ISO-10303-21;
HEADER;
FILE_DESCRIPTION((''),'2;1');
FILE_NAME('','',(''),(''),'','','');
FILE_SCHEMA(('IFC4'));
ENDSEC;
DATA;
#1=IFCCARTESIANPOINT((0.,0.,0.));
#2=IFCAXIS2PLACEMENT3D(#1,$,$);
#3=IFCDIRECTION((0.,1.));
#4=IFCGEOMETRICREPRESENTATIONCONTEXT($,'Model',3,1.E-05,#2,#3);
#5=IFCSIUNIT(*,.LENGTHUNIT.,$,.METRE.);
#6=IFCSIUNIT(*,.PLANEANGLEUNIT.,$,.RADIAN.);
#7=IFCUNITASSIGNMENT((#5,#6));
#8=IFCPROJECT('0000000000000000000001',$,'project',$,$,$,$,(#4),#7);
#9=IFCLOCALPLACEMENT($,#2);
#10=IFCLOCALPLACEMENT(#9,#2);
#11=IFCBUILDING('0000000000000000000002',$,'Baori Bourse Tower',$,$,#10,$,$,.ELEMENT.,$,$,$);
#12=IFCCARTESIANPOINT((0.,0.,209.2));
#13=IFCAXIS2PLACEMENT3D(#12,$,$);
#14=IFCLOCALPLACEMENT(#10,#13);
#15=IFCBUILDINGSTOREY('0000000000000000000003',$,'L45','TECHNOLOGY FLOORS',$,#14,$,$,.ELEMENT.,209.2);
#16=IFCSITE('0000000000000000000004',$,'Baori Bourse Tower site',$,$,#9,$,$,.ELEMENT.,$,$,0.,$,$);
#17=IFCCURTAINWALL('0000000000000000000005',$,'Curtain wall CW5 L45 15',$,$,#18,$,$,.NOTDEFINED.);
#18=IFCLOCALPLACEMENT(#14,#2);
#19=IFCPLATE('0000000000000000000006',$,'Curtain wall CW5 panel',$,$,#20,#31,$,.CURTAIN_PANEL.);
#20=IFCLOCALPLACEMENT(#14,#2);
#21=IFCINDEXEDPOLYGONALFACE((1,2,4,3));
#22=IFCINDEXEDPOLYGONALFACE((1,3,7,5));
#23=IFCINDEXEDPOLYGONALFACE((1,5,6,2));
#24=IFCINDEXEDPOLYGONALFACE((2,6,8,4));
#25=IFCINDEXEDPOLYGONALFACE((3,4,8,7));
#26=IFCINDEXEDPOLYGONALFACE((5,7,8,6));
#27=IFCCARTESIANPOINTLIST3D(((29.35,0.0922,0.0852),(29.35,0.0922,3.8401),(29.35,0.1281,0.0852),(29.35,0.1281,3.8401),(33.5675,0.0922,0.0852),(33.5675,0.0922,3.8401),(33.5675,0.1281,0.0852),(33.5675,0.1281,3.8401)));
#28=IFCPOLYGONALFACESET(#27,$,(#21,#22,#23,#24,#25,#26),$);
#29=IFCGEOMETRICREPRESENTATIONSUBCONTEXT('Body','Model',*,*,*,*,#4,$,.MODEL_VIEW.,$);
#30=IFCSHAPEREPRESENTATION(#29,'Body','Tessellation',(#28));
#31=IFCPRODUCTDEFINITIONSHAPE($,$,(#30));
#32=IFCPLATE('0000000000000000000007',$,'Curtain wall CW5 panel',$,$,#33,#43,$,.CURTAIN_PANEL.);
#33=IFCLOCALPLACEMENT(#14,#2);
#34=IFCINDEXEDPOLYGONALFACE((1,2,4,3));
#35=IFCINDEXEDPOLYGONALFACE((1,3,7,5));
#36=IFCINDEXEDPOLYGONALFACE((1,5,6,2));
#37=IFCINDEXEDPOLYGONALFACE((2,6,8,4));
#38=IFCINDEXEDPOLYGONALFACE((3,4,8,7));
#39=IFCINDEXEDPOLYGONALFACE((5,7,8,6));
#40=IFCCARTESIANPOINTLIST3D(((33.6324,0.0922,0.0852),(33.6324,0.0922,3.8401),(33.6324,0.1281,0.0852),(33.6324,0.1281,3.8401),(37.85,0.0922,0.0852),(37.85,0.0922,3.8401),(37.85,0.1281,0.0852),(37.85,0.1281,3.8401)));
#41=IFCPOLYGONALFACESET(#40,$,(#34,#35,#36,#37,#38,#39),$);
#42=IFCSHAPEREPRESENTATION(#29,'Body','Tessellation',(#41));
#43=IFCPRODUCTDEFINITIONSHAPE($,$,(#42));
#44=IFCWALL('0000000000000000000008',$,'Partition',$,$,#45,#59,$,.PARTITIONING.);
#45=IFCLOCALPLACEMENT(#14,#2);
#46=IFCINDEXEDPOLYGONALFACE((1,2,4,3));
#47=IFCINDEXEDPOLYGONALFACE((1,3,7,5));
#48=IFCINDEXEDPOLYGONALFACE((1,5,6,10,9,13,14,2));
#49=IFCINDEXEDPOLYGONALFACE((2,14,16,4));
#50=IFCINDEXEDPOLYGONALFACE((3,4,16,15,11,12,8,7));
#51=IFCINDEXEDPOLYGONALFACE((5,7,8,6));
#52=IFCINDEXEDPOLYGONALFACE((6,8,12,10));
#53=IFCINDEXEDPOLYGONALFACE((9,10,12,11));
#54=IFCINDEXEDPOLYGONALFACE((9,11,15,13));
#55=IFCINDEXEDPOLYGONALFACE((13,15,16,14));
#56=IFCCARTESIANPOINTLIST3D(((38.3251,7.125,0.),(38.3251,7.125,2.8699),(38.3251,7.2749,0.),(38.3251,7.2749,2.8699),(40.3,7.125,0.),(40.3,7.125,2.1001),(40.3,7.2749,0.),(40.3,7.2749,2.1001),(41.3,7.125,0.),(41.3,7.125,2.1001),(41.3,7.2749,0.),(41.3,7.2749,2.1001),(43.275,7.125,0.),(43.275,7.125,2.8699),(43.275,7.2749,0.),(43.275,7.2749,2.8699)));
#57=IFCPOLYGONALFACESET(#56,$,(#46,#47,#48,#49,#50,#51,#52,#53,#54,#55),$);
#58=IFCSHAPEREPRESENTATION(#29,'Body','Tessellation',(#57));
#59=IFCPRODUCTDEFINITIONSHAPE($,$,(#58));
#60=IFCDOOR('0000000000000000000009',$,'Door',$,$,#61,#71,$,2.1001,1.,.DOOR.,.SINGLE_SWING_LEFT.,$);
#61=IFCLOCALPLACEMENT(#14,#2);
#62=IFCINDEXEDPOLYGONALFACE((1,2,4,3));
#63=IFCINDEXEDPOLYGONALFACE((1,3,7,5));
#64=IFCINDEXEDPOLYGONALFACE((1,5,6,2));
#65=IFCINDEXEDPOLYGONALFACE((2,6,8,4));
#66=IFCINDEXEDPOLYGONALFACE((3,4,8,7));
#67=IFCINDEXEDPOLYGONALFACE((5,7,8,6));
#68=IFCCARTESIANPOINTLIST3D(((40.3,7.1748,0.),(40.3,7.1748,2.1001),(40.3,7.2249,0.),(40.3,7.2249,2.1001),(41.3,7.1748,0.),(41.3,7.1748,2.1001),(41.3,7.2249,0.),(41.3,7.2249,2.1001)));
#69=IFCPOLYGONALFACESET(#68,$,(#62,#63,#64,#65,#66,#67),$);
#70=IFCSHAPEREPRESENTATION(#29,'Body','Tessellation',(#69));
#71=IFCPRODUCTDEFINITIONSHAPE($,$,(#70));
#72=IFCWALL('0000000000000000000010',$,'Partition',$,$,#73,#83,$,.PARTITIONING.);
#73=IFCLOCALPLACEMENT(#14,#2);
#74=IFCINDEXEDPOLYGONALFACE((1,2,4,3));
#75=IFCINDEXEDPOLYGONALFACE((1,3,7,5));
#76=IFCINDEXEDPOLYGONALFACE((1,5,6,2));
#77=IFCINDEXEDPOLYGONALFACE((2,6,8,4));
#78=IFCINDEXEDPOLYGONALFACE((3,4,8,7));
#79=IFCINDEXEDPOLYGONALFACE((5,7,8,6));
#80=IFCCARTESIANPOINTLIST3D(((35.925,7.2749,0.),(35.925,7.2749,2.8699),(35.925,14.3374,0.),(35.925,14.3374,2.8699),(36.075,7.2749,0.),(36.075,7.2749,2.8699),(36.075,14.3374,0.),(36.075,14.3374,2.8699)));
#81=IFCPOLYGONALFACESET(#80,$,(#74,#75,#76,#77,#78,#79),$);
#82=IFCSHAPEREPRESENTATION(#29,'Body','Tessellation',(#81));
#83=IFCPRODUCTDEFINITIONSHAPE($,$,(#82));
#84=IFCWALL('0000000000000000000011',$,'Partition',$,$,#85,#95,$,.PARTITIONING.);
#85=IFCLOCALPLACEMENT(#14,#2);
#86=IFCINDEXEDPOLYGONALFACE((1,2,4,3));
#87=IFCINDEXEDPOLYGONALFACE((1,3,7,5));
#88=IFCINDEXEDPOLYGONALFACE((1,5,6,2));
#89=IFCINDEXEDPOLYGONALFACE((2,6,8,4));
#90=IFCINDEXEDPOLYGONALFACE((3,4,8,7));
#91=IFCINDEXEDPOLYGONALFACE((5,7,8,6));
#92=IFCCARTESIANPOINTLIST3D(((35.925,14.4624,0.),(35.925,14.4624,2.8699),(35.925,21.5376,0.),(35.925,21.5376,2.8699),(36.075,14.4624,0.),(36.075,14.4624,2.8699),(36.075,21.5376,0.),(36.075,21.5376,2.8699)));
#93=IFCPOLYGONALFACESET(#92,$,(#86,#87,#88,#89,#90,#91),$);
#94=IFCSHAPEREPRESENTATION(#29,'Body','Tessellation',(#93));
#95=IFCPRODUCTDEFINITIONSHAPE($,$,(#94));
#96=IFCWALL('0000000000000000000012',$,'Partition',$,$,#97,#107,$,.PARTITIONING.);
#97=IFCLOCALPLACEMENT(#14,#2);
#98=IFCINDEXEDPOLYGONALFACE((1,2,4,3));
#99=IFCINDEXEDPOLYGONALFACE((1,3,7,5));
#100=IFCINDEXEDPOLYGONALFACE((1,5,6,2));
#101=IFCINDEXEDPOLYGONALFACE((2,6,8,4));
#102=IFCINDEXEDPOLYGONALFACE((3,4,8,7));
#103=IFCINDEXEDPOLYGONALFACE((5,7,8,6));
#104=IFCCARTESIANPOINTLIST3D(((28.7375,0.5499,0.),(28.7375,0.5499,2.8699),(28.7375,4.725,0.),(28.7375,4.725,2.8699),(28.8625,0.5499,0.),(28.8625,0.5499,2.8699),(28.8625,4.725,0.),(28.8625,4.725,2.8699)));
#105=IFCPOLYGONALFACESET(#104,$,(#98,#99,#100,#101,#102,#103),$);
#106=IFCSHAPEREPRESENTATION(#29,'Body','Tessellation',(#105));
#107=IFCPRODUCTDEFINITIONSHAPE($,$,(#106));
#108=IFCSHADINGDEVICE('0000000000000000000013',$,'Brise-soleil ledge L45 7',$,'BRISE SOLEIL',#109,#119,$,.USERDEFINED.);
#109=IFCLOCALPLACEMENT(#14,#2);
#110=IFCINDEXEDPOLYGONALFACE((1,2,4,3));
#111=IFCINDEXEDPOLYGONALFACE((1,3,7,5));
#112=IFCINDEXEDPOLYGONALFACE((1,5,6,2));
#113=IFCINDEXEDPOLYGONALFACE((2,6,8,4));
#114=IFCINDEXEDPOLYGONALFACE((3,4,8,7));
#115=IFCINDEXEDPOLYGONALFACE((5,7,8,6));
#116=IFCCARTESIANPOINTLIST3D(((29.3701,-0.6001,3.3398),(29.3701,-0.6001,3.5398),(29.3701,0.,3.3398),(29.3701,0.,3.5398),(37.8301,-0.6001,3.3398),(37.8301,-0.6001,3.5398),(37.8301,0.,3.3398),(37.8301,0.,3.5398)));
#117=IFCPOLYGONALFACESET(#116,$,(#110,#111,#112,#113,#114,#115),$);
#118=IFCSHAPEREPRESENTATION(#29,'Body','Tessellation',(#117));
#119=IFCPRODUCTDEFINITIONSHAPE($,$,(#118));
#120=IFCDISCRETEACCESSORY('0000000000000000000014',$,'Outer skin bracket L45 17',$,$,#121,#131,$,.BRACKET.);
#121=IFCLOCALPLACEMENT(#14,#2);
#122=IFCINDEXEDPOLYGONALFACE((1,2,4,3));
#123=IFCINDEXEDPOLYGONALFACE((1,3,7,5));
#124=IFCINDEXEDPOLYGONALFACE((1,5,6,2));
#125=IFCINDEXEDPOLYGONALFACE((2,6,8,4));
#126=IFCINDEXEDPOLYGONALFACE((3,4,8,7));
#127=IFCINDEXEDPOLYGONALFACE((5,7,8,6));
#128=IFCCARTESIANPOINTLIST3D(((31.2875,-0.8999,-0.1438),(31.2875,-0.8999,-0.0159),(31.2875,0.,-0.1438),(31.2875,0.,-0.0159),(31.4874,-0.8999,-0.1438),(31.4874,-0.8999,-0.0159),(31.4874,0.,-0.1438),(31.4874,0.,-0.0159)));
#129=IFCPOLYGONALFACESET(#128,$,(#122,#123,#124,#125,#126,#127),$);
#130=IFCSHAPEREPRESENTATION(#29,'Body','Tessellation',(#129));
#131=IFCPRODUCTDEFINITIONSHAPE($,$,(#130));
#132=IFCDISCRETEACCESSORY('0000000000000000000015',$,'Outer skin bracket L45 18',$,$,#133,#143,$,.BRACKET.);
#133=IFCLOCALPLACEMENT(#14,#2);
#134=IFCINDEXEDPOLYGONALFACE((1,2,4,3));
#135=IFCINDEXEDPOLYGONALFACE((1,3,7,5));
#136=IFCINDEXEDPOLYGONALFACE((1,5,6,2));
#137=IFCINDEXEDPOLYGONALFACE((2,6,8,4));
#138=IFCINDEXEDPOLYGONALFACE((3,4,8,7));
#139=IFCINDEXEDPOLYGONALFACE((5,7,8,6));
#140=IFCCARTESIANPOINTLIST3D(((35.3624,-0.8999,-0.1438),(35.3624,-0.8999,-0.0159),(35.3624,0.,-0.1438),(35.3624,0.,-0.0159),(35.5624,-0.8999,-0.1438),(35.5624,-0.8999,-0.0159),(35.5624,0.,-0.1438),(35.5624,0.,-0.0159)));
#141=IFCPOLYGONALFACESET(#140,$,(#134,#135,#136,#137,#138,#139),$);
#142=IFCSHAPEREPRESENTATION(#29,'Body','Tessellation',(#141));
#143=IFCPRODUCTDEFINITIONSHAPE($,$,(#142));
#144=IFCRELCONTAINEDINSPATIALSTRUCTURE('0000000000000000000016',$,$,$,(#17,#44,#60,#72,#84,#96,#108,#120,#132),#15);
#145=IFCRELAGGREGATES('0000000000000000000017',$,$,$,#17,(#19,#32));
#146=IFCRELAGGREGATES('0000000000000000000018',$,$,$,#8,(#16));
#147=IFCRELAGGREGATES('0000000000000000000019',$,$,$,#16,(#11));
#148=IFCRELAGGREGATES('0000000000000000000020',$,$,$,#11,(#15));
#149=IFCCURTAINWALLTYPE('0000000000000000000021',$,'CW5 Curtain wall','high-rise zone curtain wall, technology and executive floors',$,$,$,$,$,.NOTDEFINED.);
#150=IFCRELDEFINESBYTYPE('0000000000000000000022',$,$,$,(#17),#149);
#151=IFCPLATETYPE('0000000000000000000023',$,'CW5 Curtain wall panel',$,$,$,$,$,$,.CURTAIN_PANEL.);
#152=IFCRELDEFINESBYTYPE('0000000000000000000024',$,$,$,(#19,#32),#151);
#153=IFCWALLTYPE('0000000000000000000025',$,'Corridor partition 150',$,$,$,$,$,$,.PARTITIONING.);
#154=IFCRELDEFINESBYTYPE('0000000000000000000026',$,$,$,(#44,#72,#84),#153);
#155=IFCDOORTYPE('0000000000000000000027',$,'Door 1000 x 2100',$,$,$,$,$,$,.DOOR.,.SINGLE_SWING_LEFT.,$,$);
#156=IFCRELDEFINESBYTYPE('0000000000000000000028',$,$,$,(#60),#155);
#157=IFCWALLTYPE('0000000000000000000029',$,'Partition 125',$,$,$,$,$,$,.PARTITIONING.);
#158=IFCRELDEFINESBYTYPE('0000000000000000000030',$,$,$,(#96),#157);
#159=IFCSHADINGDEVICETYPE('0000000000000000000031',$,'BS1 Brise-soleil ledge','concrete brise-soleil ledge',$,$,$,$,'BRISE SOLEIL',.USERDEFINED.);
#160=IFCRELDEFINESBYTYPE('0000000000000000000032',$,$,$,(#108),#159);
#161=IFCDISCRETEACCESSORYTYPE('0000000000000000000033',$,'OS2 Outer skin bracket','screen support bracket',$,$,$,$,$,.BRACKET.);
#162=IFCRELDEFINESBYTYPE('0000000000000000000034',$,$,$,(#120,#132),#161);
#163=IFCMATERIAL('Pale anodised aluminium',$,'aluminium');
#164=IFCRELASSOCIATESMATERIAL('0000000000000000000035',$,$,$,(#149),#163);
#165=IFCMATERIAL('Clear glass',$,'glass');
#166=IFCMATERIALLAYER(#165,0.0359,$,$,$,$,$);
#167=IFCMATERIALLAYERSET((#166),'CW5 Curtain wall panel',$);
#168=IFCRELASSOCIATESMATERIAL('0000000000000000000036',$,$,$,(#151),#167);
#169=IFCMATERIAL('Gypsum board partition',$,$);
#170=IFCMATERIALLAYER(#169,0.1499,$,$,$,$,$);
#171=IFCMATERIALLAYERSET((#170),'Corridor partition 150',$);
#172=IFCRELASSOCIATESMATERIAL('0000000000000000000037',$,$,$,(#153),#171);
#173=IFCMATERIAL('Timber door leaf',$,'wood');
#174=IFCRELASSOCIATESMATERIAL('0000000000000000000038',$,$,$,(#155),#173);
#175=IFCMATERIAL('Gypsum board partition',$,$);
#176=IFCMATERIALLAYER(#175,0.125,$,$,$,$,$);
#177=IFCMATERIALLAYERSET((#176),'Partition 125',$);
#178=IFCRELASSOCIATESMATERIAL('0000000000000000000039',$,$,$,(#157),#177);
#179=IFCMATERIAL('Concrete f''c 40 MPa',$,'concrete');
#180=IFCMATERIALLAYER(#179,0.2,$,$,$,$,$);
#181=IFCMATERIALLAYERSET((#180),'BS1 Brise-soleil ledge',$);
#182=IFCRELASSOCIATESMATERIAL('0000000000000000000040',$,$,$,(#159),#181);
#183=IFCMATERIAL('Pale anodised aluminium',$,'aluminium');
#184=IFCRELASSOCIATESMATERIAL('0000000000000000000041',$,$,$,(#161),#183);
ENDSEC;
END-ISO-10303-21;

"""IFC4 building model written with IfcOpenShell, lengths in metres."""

from ifc_helpers import new_model, si_unit, direction, frame, frame_2d, origin, origin_2d, place, context, subcontext, project, spatial, rectangle, extrude, material, layer, layer_set, type_object, element, fill, aggregate, save


model = new_model("IFC4")

# Units and contexts
model_context = context("Model", 3, precision=1e-05, world=origin(), true_north=direction((0.0, 1.0)))
body_context = subcontext(model_context, "Body", "Model", "MODEL_VIEW")
ifc_project = project(units=[si_unit("LENGTHUNIT", "METRE"), si_unit("PLANEANGLEUNIT", "RADIAN")], contexts=[model_context])

# Site, building, storey
site_placement = place(None, origin())
site = spatial("IfcSite", under=ifc_project, at=site_placement, Name="Baori Bourse Tower site", CompositionType="ELEMENT", RefElevation=0.0)
building_placement = place(site_placement, origin())
building = spatial("IfcBuilding", under=site, at=building_placement, Name="Baori Bourse Tower", CompositionType="ELEMENT")
storey_placement = place(building_placement, frame((0.0, 0.0, 209.2)))
storey = spatial("IfcBuildingStorey", under=building, at=storey_placement, Name="L45", Description="TECHNOLOGY FLOORS", CompositionType="ELEMENT", Elevation=209.2)

# Curtain wall
ifc_material_1 = material(Name="Pale anodised aluminium", Category="aluminium")
curtain_wall_type_1 = type_object("IfcCurtainWallType", Name="CW5 Curtain wall", Description="high-rise zone curtain wall, technology and executive floors", PredefinedType="NOTDEFINED", material=ifc_material_1)
curtain_wall_1_placement = place(storey_placement, origin())
curtain_wall_1 = element("IfcCurtainWall", 1, at=curtain_wall_1_placement, inside=storey, type_object=curtain_wall_type_1, Name="Curtain wall CW5 L45 15", PredefinedType="NOTDEFINED")

# Plates
ifc_material_2 = material(Name="Clear glass", Category="glass")
ifc_layer_1 = layer(ifc_material_2, 0.0359)
ifc_layer_set_1 = layer_set([ifc_layer_1], Name="CW5 Curtain wall panel")
plate_type_1 = type_object("IfcPlateType", Name="CW5 Curtain wall panel", PredefinedType="CURTAIN_PANEL", material=ifc_layer_set_1)
plate_1_placement = place(storey_placement, frame((31.4587, 0.1101, 0.0852), z_axis=(0.0, 0.0, 1.0), x_axis=(1.0, 0.0, 0.0)))
plate_1 = element("IfcPlate", 2, at=plate_1_placement, type_object=plate_type_1, Name="Curtain wall CW5 panel", PredefinedType="CURTAIN_PANEL", context=body_context, shape_type="SweptSolid", body=[
    extrude(rectangle(XDim=4.2175, YDim=0.0359, at=origin_2d()), origin(), (0.0, 0.0, 1.0), 3.7549),
])
plate_2_placement = place(storey_placement, frame((35.7412, 0.1101, 0.0852), z_axis=(0.0, 0.0, 1.0), x_axis=(1.0, 0.0, 0.0)))
plate_2 = element("IfcPlate", 3, at=plate_2_placement, type_object=plate_type_1, Name="Curtain wall CW5 panel", PredefinedType="CURTAIN_PANEL", context=body_context, shape_type="SweptSolid", body=[
    extrude(rectangle(XDim=4.2175, YDim=0.0359, at=origin_2d()), origin(), (0.0, 0.0, 1.0), 3.7549),
])
aggregate(curtain_wall_1, [plate_1, plate_2])

# Wall, opening, door
ifc_material_3 = material(Name="Gypsum board partition")
ifc_layer_2 = layer(ifc_material_3, 0.1499)
ifc_layer_set_2 = layer_set([ifc_layer_2], Name="Corridor partition 150")
wall_type_1 = type_object("IfcWallType", Name="Corridor partition 150", PredefinedType="PARTITIONING", material=ifc_layer_set_2)
wall_1_placement = place(storey_placement, frame((38.325, 7.2, 0.0), z_axis=(0.0, 0.0, 1.0), x_axis=(1.0, 0.0, 0.0)))
wall_1 = element("IfcWall", 4, at=wall_1_placement, inside=storey, type_object=wall_type_1, Name="Partition", PredefinedType="PARTITIONING", context=body_context, shape_type="SweptSolid", body=[
    extrude(rectangle(XDim=4.95, YDim=0.1499, at=frame_2d((2.4751, 0.0))), origin(), (0.0, 0.0, 1.0), 2.8699),
])
opening_placement = place(wall_1_placement, frame((1.9751, 0.0, 0.0)))
opening = element("IfcOpeningElement", 5, at=opening_placement, cuts=wall_1, PredefinedType="OPENING", context=body_context, shape_type="SweptSolid", body=[
    extrude(rectangle(XDim=1.0, YDim=2.1001, at=frame_2d((0.5, 1.05))), frame((0.0, 0.085, 0.0), z_axis=(0.0, -1.0, 0.0), x_axis=(1.0, 0.0, 0.0)), (0.0, 0.0, 1.0), 0.1699),
])
ifc_material_4 = material(Name="Timber door leaf", Category="wood")
door_type = type_object("IfcDoorType", Name="Door 1000 x 2100", OperationType="SINGLE_SWING_LEFT", PredefinedType="DOOR", material=ifc_material_4)
door_placement = place(opening_placement, origin())
door = element("IfcDoor", 6, at=door_placement, inside=storey, type_object=door_type, Name="Door", OperationType="SINGLE_SWING_LEFT", OverallHeight=2.1001, OverallWidth=1.0, PredefinedType="DOOR", context=body_context, shape_type="SweptSolid", body=[
    extrude(rectangle(XDim=1.0, YDim=2.1001, at=frame_2d((0.5, 1.05))), frame((0.0, 0.0249, 0.0), z_axis=(0.0, -1.0, 0.0), x_axis=(1.0, 0.0, 0.0)), (0.0, 0.0, 1.0), 0.05),
])
fill(opening, door)

# Walls
wall_2_placement = place(storey_placement, frame((36.0, 7.2749, 0.0), z_axis=(0.0, 0.0, 1.0), x_axis=(0.0, 1.0, 0.0)))
element("IfcWall", 7, at=wall_2_placement, inside=storey, type_object=wall_type_1, Name="Partition", PredefinedType="PARTITIONING", context=body_context, shape_type="SweptSolid", body=[
    extrude(rectangle(XDim=7.0625, YDim=0.1499, at=frame_2d((3.5312, 0.0))), origin(), (0.0, 0.0, 1.0), 2.8699),
])
wall_3_placement = place(storey_placement, frame((36.0, 14.4624, 0.0), z_axis=(0.0, 0.0, 1.0), x_axis=(0.0, 1.0, 0.0)))
element("IfcWall", 8, at=wall_3_placement, inside=storey, type_object=wall_type_1, Name="Partition", PredefinedType="PARTITIONING", context=body_context, shape_type="SweptSolid", body=[
    extrude(rectangle(XDim=7.0752, YDim=0.1499, at=frame_2d((3.5376, 0.0))), origin(), (0.0, 0.0, 1.0), 2.8699),
])
ifc_material_5 = material(Name="Gypsum board partition")
ifc_layer_3 = layer(ifc_material_5, 0.125)
ifc_layer_set_3 = layer_set([ifc_layer_3], Name="Partition 125")
wall_type_2 = type_object("IfcWallType", Name="Partition 125", PredefinedType="PARTITIONING", material=ifc_layer_set_3)
wall_4_placement = place(storey_placement, frame((28.8, 0.55, 0.0), z_axis=(0.0, 0.0, 1.0), x_axis=(0.0, 1.0, 0.0)))
element("IfcWall", 9, at=wall_4_placement, inside=storey, type_object=wall_type_2, Name="Partition", PredefinedType="PARTITIONING", context=body_context, shape_type="SweptSolid", body=[
    extrude(rectangle(XDim=4.175, YDim=0.125, at=frame_2d((2.0874, 0.0))), origin(), (0.0, 0.0, 1.0), 2.8699),
])

# Shading device
ifc_material_6 = material(Name="Concrete f'c 40 MPa", Category="concrete")
ifc_layer_4 = layer(ifc_material_6, 0.2)
ifc_layer_set_4 = layer_set([ifc_layer_4], Name="BS1 Brise-soleil ledge")
shading_device_type = type_object("IfcShadingDeviceType", Name="BS1 Brise-soleil ledge", Description="concrete brise-soleil ledge", ElementType="BRISE SOLEIL", PredefinedType="USERDEFINED", material=ifc_layer_set_4)
shading_device_placement = place(storey_placement, frame((33.6001, -0.3, 3.3398), z_axis=(0.0, 0.0, 1.0), x_axis=(1.0, 0.0, 0.0)))
element("IfcShadingDevice", 10, at=shading_device_placement, inside=storey, type_object=shading_device_type, Name="Brise-soleil ledge L45 7", ObjectType="BRISE SOLEIL", PredefinedType="USERDEFINED", context=body_context, shape_type="SweptSolid", body=[
    extrude(rectangle(XDim=8.46, YDim=0.6001, at=origin_2d()), origin(), (0.0, 0.0, 1.0), 0.2),
])

# Discrete accessories
ifc_material_7 = material(Name="Pale anodised aluminium", Category="aluminium")
discrete_accessory_type = type_object("IfcDiscreteAccessoryType", Name="OS2 Outer skin bracket", Description="screen support bracket", PredefinedType="BRACKET", material=ifc_material_7)
for number, where, z_axis, x_axis, name in (
    (11, (31.3875, -0.45, -0.1438), (0.0, 0.0, 1.0), (1.0, 0.0, 0.0), "Outer skin bracket L45 17"),
    (12, (35.4624, -0.45, -0.1438), (0.0, 0.0, 1.0), (1.0, 0.0, 0.0), "Outer skin bracket L45 18"),
):
    element("IfcDiscreteAccessory", number, at=place(storey_placement, frame(where, z_axis=z_axis, x_axis=x_axis)), inside=storey, type_object=discrete_accessory_type, Name=name, PredefinedType="BRACKET", context=body_context, shape_type="SweptSolid", body=[
        extrude(rectangle(XDim=0.2, YDim=0.8999, at=origin_2d()), origin(), (0.0, 0.0, 1.0), 0.1279),
    ])

save(model, "model.ifc")
